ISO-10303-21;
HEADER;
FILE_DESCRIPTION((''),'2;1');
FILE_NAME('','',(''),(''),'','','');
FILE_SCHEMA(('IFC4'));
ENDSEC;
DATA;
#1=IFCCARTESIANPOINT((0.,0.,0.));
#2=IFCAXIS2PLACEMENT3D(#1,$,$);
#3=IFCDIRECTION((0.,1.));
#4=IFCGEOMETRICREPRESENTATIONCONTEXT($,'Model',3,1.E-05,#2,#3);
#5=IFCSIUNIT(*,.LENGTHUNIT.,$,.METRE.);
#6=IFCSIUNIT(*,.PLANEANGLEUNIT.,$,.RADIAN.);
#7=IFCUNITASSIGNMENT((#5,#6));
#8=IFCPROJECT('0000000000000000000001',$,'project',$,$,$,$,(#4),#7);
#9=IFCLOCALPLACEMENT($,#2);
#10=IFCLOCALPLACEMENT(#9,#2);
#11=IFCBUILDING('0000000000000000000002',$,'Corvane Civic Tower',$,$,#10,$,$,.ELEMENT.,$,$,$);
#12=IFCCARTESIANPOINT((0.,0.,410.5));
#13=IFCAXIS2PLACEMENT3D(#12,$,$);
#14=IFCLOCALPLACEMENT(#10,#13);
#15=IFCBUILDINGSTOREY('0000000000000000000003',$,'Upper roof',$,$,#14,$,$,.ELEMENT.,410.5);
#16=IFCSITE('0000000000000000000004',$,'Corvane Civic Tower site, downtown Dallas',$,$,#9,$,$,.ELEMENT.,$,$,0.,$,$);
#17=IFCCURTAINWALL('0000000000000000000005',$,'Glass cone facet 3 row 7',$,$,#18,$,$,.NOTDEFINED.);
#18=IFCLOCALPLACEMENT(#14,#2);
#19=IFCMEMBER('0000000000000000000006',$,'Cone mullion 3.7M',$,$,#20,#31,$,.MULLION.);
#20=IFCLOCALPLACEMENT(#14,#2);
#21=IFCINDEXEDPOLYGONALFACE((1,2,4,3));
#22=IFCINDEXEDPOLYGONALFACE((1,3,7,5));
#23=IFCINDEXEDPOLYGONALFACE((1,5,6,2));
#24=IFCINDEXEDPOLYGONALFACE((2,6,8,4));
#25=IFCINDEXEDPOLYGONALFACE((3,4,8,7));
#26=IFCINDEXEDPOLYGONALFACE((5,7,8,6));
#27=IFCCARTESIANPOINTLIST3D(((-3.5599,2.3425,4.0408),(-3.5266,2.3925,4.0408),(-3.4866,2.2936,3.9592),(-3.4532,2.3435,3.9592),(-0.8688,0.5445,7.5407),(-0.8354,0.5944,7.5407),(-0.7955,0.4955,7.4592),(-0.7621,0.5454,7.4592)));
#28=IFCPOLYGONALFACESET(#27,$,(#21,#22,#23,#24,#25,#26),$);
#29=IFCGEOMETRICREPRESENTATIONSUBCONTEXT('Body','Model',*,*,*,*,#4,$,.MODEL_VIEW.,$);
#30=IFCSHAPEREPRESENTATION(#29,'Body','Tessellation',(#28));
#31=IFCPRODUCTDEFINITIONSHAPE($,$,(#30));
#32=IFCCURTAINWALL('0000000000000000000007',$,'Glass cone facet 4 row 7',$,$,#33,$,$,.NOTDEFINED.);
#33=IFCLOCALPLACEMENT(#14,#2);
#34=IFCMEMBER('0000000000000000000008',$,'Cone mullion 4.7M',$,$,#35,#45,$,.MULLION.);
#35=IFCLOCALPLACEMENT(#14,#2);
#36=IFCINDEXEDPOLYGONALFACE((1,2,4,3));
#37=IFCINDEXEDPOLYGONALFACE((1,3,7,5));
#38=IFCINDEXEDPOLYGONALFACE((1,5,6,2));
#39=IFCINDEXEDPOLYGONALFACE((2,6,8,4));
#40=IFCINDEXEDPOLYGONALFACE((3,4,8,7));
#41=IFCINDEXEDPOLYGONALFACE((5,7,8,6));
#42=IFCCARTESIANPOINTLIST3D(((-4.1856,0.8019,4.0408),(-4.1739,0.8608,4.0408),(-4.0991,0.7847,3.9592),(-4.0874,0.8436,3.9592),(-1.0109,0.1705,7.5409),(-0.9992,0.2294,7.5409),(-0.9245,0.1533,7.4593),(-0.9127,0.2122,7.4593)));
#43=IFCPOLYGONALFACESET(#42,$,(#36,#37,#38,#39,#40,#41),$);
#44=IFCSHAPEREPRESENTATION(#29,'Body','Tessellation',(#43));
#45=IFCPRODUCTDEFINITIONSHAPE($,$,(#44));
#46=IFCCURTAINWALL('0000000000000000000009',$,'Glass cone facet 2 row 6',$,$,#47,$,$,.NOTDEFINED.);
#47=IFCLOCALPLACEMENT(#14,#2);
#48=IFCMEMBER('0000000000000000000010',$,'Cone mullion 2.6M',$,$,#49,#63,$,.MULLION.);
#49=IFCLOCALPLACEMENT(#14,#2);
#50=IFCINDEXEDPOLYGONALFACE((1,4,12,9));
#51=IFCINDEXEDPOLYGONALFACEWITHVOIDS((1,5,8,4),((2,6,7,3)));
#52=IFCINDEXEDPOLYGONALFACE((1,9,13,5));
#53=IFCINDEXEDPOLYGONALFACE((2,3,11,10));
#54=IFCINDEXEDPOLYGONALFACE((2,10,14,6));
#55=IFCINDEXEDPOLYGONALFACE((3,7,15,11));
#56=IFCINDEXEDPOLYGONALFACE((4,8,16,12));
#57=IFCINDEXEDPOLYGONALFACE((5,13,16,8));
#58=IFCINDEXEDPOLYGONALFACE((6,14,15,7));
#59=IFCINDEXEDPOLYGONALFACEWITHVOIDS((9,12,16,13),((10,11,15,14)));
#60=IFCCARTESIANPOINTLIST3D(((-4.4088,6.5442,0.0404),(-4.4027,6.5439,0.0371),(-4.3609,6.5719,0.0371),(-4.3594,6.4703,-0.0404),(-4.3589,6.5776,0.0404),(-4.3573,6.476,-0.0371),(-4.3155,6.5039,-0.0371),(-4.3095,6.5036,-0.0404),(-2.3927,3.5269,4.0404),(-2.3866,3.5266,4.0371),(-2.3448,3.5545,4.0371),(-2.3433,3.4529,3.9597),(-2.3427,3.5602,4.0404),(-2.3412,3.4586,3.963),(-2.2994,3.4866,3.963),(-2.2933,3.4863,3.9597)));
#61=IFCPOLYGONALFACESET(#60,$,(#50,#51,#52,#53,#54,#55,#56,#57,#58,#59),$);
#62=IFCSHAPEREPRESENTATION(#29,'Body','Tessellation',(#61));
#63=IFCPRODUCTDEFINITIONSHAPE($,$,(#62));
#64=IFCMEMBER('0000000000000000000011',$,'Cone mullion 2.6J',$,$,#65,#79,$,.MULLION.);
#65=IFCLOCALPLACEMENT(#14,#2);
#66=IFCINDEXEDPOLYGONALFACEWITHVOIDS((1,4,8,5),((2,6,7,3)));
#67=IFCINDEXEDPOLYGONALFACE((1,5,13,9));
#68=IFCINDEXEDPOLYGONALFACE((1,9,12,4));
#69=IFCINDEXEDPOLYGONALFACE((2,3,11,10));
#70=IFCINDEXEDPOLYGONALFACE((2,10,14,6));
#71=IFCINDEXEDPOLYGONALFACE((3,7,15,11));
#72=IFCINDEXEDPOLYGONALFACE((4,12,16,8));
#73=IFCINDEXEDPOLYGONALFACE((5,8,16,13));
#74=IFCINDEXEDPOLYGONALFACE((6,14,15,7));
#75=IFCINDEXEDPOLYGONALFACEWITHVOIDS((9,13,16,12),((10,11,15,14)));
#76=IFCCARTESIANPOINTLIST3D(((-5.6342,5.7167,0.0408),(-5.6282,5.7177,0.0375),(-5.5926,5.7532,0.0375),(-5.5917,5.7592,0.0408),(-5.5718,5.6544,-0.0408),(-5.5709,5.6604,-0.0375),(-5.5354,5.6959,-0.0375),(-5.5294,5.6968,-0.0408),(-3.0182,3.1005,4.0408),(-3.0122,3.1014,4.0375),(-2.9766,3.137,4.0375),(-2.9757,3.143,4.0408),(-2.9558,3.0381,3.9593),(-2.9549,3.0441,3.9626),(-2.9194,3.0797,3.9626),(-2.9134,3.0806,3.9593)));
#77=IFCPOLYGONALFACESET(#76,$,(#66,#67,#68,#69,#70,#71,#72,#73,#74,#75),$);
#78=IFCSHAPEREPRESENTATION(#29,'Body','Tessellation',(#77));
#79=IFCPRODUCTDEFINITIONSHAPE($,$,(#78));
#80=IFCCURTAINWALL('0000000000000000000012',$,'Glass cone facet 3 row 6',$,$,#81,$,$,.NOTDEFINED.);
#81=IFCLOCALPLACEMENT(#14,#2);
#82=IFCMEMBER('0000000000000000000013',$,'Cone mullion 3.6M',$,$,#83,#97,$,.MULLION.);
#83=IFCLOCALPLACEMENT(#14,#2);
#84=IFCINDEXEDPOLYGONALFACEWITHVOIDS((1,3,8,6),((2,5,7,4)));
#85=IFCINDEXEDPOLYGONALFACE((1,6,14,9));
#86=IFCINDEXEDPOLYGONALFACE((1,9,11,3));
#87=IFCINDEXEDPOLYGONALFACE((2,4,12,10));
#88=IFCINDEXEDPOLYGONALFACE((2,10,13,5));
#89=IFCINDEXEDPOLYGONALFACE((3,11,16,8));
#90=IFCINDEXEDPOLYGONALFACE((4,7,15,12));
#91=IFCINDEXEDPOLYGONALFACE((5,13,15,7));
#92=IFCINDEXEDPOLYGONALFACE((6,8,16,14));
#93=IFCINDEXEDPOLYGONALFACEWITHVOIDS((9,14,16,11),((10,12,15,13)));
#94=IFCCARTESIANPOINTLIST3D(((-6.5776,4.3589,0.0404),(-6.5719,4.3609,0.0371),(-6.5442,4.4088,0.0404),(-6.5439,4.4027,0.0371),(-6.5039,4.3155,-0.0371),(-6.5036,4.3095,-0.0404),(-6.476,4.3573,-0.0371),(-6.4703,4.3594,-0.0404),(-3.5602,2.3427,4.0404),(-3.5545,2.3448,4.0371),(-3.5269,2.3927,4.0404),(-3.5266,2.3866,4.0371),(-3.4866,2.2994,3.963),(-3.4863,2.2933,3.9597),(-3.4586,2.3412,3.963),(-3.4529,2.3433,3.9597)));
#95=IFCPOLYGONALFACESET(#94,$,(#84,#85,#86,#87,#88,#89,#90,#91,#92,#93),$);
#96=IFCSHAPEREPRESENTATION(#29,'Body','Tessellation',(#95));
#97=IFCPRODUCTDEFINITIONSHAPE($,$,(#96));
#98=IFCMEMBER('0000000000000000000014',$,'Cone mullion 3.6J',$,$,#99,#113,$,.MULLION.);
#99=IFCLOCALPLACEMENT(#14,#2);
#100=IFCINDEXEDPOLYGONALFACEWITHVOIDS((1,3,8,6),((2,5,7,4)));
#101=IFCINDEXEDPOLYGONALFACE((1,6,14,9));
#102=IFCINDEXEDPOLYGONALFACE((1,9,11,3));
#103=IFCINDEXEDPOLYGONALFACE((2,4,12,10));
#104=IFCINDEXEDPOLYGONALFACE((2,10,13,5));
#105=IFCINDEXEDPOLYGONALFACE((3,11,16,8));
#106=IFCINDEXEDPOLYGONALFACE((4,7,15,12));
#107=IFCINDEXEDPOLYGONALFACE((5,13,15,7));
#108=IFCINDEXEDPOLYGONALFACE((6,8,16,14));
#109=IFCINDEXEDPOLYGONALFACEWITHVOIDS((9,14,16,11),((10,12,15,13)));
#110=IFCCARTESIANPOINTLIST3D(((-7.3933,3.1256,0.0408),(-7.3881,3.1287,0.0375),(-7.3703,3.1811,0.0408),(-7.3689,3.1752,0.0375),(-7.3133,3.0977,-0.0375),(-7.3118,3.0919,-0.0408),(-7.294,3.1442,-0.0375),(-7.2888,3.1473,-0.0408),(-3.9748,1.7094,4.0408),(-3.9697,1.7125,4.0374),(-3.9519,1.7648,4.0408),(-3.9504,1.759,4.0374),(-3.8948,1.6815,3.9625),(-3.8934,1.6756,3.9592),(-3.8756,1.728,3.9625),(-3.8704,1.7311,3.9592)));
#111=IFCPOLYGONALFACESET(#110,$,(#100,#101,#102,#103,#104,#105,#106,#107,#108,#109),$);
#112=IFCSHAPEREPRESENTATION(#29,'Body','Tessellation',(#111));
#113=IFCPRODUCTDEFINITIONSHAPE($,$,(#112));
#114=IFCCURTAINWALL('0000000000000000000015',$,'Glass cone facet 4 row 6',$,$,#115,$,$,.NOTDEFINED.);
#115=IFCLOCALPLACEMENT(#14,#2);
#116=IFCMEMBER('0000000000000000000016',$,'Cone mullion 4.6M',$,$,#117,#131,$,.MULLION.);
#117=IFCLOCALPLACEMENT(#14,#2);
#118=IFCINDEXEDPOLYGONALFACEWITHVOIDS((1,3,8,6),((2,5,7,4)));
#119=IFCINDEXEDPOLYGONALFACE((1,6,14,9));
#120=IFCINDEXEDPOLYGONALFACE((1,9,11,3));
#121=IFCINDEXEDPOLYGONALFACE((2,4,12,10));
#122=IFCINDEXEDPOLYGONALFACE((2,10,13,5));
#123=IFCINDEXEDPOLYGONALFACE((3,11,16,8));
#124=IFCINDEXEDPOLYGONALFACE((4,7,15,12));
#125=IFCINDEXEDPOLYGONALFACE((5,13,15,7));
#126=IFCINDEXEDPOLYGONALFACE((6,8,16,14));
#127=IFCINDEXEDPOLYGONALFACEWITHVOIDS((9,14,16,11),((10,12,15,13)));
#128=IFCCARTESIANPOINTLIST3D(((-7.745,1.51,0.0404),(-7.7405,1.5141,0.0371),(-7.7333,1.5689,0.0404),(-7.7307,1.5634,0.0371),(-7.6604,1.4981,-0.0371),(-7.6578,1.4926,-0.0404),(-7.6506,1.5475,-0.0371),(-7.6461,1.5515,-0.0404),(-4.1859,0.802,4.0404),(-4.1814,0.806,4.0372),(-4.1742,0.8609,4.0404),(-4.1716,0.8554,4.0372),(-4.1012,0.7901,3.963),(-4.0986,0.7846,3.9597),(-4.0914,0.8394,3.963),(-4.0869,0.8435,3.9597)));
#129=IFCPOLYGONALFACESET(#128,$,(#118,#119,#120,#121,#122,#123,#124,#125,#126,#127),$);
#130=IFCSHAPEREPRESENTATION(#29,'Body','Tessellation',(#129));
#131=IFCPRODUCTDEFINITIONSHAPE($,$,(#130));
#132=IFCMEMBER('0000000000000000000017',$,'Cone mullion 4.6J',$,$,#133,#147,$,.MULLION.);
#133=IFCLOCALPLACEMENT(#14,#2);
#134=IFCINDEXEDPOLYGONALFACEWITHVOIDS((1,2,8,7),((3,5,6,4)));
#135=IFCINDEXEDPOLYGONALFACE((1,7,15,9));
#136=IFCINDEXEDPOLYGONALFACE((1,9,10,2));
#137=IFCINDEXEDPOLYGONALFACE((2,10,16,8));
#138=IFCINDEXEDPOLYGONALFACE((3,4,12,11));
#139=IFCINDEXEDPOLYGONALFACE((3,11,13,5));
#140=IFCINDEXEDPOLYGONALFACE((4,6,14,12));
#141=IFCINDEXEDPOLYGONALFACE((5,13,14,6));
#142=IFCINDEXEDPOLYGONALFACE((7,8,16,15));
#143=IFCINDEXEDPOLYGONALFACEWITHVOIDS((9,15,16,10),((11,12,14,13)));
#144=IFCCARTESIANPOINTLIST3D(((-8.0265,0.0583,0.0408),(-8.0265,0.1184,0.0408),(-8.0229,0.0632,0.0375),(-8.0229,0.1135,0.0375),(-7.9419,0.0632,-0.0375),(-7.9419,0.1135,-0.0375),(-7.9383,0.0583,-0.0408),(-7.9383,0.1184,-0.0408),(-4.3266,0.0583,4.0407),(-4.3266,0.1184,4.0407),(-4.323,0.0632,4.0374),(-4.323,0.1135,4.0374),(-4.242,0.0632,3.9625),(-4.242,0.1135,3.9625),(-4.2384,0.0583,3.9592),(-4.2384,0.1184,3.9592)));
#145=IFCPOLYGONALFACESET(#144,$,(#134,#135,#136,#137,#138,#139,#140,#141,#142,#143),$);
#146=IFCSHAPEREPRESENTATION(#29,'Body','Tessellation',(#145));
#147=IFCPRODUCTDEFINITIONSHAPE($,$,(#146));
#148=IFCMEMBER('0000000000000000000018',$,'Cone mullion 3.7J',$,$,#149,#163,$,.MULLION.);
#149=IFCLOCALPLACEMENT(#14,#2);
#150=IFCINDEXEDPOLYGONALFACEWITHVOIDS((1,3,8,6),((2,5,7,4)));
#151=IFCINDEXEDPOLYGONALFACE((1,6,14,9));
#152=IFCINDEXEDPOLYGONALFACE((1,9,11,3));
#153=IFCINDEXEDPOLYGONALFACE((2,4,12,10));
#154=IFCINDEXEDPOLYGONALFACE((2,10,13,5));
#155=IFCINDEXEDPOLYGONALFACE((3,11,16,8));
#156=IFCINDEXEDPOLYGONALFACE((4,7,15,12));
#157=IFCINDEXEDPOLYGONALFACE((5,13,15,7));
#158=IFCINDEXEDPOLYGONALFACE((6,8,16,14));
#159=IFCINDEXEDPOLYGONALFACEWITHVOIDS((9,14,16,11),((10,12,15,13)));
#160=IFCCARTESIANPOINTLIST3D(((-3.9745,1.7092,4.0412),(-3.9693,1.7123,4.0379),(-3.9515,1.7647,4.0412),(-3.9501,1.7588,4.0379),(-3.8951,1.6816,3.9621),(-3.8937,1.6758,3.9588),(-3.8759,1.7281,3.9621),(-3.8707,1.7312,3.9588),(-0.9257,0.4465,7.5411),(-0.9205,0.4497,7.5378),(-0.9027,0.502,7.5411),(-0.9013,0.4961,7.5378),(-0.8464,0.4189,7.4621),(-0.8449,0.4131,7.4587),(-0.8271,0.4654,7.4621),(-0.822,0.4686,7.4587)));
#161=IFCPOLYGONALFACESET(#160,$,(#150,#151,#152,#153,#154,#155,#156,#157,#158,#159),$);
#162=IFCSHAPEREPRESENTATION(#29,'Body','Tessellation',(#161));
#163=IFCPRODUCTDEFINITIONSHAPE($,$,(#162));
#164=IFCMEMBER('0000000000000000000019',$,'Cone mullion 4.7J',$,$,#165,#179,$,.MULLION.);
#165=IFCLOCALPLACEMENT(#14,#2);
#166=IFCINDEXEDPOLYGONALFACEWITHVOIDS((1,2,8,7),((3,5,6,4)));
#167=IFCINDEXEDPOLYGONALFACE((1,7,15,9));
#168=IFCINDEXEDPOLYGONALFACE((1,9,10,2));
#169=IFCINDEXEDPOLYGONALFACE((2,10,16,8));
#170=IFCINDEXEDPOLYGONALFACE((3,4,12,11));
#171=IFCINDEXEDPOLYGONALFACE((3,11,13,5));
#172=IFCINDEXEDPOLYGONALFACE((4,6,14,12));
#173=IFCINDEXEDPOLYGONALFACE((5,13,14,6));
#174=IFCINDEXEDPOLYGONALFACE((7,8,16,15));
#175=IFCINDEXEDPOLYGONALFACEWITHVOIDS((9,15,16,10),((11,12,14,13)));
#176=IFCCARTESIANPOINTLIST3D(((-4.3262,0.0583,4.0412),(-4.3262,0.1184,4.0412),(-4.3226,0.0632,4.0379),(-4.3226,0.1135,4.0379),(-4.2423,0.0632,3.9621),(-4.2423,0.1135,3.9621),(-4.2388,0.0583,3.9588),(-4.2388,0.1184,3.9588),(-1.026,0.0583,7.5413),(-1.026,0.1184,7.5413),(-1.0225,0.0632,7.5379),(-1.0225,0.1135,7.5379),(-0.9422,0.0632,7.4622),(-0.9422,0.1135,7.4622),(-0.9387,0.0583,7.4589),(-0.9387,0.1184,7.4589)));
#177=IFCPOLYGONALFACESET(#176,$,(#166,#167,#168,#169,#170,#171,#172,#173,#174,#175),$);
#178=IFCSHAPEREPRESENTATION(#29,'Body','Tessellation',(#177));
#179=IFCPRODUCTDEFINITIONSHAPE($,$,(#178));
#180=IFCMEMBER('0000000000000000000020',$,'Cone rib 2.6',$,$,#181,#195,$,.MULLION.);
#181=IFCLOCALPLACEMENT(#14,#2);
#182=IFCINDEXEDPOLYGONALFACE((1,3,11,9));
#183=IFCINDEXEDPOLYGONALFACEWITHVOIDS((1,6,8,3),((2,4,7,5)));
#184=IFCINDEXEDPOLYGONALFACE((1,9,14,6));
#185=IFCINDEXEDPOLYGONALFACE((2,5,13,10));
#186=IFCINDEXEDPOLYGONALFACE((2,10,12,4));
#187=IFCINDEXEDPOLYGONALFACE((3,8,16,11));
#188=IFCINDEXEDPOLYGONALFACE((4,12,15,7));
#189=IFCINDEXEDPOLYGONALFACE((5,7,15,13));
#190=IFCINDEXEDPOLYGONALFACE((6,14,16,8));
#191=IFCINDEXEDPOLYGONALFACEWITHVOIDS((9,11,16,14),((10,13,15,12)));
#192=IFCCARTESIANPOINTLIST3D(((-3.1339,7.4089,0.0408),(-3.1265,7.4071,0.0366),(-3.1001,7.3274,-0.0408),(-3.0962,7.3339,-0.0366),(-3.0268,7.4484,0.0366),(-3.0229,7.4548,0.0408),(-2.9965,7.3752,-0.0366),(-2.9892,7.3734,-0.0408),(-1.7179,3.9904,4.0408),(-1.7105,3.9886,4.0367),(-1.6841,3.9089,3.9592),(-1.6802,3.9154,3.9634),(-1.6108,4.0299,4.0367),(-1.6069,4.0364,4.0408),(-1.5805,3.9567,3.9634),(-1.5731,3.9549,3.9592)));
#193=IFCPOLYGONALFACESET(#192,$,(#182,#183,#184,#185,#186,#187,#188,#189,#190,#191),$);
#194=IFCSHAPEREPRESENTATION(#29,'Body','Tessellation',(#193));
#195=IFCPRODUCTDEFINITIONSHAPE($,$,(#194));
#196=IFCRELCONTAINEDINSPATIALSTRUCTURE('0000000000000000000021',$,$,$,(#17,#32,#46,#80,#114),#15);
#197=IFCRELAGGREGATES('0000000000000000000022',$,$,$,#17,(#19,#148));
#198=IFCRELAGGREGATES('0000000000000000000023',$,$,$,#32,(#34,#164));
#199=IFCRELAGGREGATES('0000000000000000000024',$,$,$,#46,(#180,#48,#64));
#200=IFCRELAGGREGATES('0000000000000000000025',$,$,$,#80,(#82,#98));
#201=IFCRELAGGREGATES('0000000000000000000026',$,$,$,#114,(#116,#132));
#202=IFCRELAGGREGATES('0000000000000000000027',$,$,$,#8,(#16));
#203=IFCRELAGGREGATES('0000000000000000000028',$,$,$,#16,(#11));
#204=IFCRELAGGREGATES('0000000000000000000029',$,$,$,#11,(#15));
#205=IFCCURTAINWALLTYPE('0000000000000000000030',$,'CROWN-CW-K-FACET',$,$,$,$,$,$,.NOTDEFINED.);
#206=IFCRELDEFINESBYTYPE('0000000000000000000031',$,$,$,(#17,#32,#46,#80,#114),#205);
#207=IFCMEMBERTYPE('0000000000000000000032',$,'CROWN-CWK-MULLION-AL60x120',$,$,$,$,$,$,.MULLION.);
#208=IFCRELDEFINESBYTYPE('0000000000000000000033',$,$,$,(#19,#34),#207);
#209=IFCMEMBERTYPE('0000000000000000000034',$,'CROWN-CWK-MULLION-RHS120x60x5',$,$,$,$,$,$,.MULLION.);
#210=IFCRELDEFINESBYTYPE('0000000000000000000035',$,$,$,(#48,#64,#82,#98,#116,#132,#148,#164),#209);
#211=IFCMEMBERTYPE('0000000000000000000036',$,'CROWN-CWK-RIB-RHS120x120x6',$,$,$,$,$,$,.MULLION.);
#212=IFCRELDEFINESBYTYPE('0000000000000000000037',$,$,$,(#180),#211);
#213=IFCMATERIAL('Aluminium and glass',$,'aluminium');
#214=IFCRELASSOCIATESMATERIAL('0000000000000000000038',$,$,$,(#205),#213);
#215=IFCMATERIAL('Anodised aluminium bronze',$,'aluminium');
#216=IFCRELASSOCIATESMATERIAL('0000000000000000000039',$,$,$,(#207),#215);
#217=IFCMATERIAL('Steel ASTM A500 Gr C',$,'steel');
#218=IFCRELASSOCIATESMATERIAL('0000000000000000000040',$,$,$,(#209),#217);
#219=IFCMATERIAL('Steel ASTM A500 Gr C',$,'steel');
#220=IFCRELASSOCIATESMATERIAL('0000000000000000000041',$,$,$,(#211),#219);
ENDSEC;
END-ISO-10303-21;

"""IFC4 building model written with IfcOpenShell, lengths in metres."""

from ifc_helpers import new_model, si_unit, direction, frame, origin, origin_2d, place, context, subcontext, project, spatial, rectangle, hollow_rectangle, extrude, material, material_profile, profile_set, type_object, element, aggregate, save


model = new_model("IFC4")

# Units and contexts
model_context = context("Model", 3, precision=1e-05, world=origin(), true_north=direction((0.0, 1.0)))
body_context = subcontext(model_context, "Body", "Model", "MODEL_VIEW")
ifc_project = project(units=[si_unit("LENGTHUNIT", "METRE"), si_unit("PLANEANGLEUNIT", "RADIAN")], contexts=[model_context])

# Site, building, storey
site_placement = place(None, origin())
site = spatial("IfcSite", under=ifc_project, at=site_placement, Name="Corvane Civic Tower site, downtown Dallas", CompositionType="ELEMENT", RefElevation=0.0)
building_placement = place(site_placement, origin())
building = spatial("IfcBuilding", under=site, at=building_placement, Name="Corvane Civic Tower", CompositionType="ELEMENT")
storey_placement = place(building_placement, frame((0.0, 0.0, 410.5)))
storey = spatial("IfcBuildingStorey", under=building, at=storey_placement, Name="Upper roof", CompositionType="ELEMENT", Elevation=410.5)

# Curtain walls, members
ifc_material_1 = material(Name="Aluminium and glass", Category="aluminium")
curtain_wall_type = type_object("IfcCurtainWallType", Name="CROWN-CW-K-FACET", PredefinedType="NOTDEFINED", material=ifc_material_1)
curtain_wall_1_placement = place(storey_placement, origin())
curtain_wall_1 = element("IfcCurtainWall", 1, at=curtain_wall_1_placement, inside=storey, type_object=curtain_wall_type, Name="Glass cone facet 3 row 7", PredefinedType="NOTDEFINED")
ifc_material_2 = material(Name="Anodised aluminium bronze", Category="aluminium")
ifc_material_profile_1 = material_profile(ifc_material_2, rectangle(XDim=0.0601, YDim=0.1201, at=origin_2d()), Name="AL 60x120")
ifc_profile_set_1 = profile_set([ifc_material_profile_1], Name="Anodised aluminium bronze")
member_type_1 = type_object("IfcMemberType", Name="CROWN-CWK-MULLION-AL60x120", PredefinedType="MULLION", material=ifc_profile_set_1)
member_1_placement = place(storey_placement, frame((-3.5066, 2.343, 4.0), z_axis=(0.564525, -0.377186, 0.734195), x_axis=(0.555553, 0.831481, 0.0)))
member_1 = element("IfcMember", 2, at=member_1_placement, type_object=member_type_1, Name="Cone mullion 3.7M", PredefinedType="MULLION", context=body_context, shape_type="SweptSolid", body=[
    extrude(rectangle(XDim=0.0601, YDim=0.1201, at=origin_2d()), origin(), (0.0, 0.0, 1.0), 4.7671),
])
curtain_wall_2_placement = place(storey_placement, origin())
curtain_wall_2 = element("IfcCurtainWall", 3, at=curtain_wall_2_placement, inside=storey, type_object=curtain_wall_type, Name="Glass cone facet 4 row 7", PredefinedType="NOTDEFINED")
member_2_placement = place(storey_placement, frame((-4.1365, 0.8228, 4.0), z_axis=(0.665914, -0.132435, 0.73418), x_axis=(0.195057, 0.980792, 0.0)))
member_2 = element("IfcMember", 4, at=member_2_placement, type_object=member_type_1, Name="Cone mullion 4.7M", PredefinedType="MULLION", context=body_context, shape_type="SweptSolid", body=[
    extrude(rectangle(XDim=0.0601, YDim=0.1201, at=origin_2d()), origin(), (0.0, 0.0, 1.0), 4.7673),
])

# Curtain walls, members
curtain_wall_3_placement = place(storey_placement, origin())
curtain_wall_3 = element("IfcCurtainWall", 5, at=curtain_wall_3_placement, inside=storey, type_object=curtain_wall_type, Name="Glass cone facet 2 row 6", PredefinedType="NOTDEFINED")
ifc_material_3 = material(Name="Steel ASTM A500 Gr C", Category="steel")
ifc_material_profile_2 = material_profile(ifc_material_3, hollow_rectangle(XDim=0.0601, YDim=0.1201, WallThickness=0.0049, at=origin_2d()), Name="RHS 120x60x5")
ifc_profile_set_2 = profile_set([ifc_material_profile_2], Name="Steel ASTM A500 Gr C")
member_type_2 = type_object("IfcMemberType", Name="CROWN-CWK-MULLION-RHS120x60x5", PredefinedType="MULLION", material=ifc_profile_set_2)
member_3_placement = place(storey_placement, frame((-4.3591, 6.5239, 0.0), z_axis=(0.373297, -0.558679, 0.740626), x_axis=(0.83147, 0.555569, 0.0)))
member_3 = element("IfcMember", 6, at=member_3_placement, type_object=member_type_2, Name="Cone mullion 2.6M", PredefinedType="MULLION", context=body_context, shape_type="SweptSolid", body=[
    extrude(hollow_rectangle(XDim=0.0601, YDim=0.1201, WallThickness=0.0049, at=origin_2d()), origin(), (0.0, 0.0, 1.0), 5.4009),
])
member_4_placement = place(storey_placement, frame((-5.5818, 5.7068, 0.0), z_axis=(0.480112, -0.480157, 0.734126), x_axis=(0.70714, 0.707074, 0.0)))
member_4 = element("IfcMember", 7, at=member_4_placement, type_object=member_type_2, Name="Cone mullion 2.6J", PredefinedType="MULLION", context=body_context, shape_type="SweptSolid", body=[
    extrude(hollow_rectangle(XDim=0.0601, YDim=0.1201, WallThickness=0.0049, at=origin_2d()), origin(), (0.0, 0.0, 1.0), 5.4487),
])
curtain_wall_4_placement = place(storey_placement, origin())
curtain_wall_4 = element("IfcCurtainWall", 8, at=curtain_wall_4_placement, inside=storey, type_object=curtain_wall_type, Name="Glass cone facet 3 row 6", PredefinedType="NOTDEFINED")
member_5_placement = place(storey_placement, frame((-6.5239, 4.3591, 0.0), z_axis=(0.558679, -0.373297, 0.740626), x_axis=(0.555569, 0.83147, 0.0)))
member_5 = element("IfcMember", 9, at=member_5_placement, type_object=member_type_2, Name="Cone mullion 3.6M", PredefinedType="MULLION", context=body_context, shape_type="SweptSolid", body=[
    extrude(hollow_rectangle(XDim=0.0601, YDim=0.1201, WallThickness=0.0049, at=origin_2d()), origin(), (0.0, 0.0, 1.0), 5.4009),
])
member_6_placement = place(storey_placement, frame((-7.3411, 3.1365, 0.0), z_axis=(0.627355, -0.259912, 0.734079), x_axis=(0.38275, 0.923852, 0.0)))
member_6 = element("IfcMember", 10, at=member_6_placement, type_object=member_type_2, Name="Cone mullion 3.6J", PredefinedType="MULLION", context=body_context, shape_type="SweptSolid", body=[
    extrude(hollow_rectangle(XDim=0.0601, YDim=0.1201, WallThickness=0.0049, at=origin_2d()), origin(), (0.0, 0.0, 1.0), 5.449),
])
curtain_wall_5_placement = place(storey_placement, origin())
curtain_wall_5 = element("IfcCurtainWall", 11, at=curtain_wall_5_placement, inside=storey, type_object=curtain_wall_type, Name="Glass cone facet 4 row 6", PredefinedType="NOTDEFINED")
member_7_placement = place(storey_placement, frame((-7.6956, 1.5308, 0.0), z_axis=(0.658995, -0.131094, 0.740635), x_axis=(0.195107, 0.980782, 0.0)))
member_7 = element("IfcMember", 12, at=member_7_placement, type_object=member_type_2, Name="Cone mullion 4.6M", PredefinedType="MULLION", context=body_context, shape_type="SweptSolid", body=[
    extrude(hollow_rectangle(XDim=0.0601, YDim=0.1201, WallThickness=0.0049, at=origin_2d()), origin(), (0.0, 0.0, 1.0), 5.4009),
])
member_8_placement = place(storey_placement, frame((-7.9824, 0.0884, 0.0), z_axis=(0.679037, 0.0, 0.734104), x_axis=(0.0, 1.0, 0.0)))
member_8 = element("IfcMember", 13, at=member_8_placement, type_object=member_type_2, Name="Cone mullion 4.6J", PredefinedType="MULLION", context=body_context, shape_type="SweptSolid", body=[
    extrude(hollow_rectangle(XDim=0.0601, YDim=0.1201, WallThickness=0.0049, at=origin_2d()), origin(), (0.0, 0.0, 1.0), 5.4487),
])

# Members
member_9_placement = place(storey_placement, frame((-3.9226, 1.7202, 4.0), z_axis=(0.633802, -0.262494, 0.727593), x_axis=(0.382639, 0.923898, 0.0)))
member_9 = element("IfcMember", 14, at=member_9_placement, type_object=member_type_2, Name="Cone mullion 3.7J", PredefinedType="MULLION", context=body_context, shape_type="SweptSolid", body=[
    extrude(hollow_rectangle(XDim=0.0601, YDim=0.1201, WallThickness=0.0049, at=origin_2d()), origin(), (0.0, 0.0, 1.0), 4.8103),
])
member_10_placement = place(storey_placement, frame((-4.2825, 0.0884, 4.0), z_axis=(0.686018, 0.0, 0.727584), x_axis=(0.0, 1.0, 0.0)))
member_10 = element("IfcMember", 15, at=member_10_placement, type_object=member_type_2, Name="Cone mullion 4.7J", PredefinedType="MULLION", context=body_context, shape_type="SweptSolid", body=[
    extrude(hollow_rectangle(XDim=0.0601, YDim=0.1201, WallThickness=0.0049, at=origin_2d()), origin(), (0.0, 0.0, 1.0), 4.8105),
])
ifc_material_4 = material(Name="Steel ASTM A500 Gr C", Category="steel")
ifc_material_profile_3 = material_profile(ifc_material_4, hollow_rectangle(XDim=0.1201, YDim=0.1201, WallThickness=0.0061, at=origin_2d()), Name="RHS 120x120x6")
ifc_profile_set_3 = profile_set([ifc_material_profile_3], Name="Steel ASTM A500 Gr C")
member_type_3 = type_object("IfcMemberType", Name="CROWN-CWK-RIB-RHS120x120x6", PredefinedType="MULLION", material=ifc_profile_set_3)
member_11_placement = place(storey_placement, frame((-3.0615, 7.3911, 0.0), z_axis=(0.25987, -0.627362, 0.734088), x_axis=(0.923875, 0.382694, 0.0)))
member_11 = element("IfcMember", 16, at=member_11_placement, type_object=member_type_3, Name="Cone rib 2.6", PredefinedType="MULLION", context=body_context, shape_type="SweptSolid", body=[
    extrude(hollow_rectangle(XDim=0.1201, YDim=0.1201, WallThickness=0.0061, at=origin_2d()), origin(), (0.0, 0.0, 1.0), 5.449),
])

aggregate(curtain_wall_1, [member_1, member_9])
aggregate(curtain_wall_2, [member_2, member_10])
aggregate(curtain_wall_3, [member_11, member_3, member_4])
aggregate(curtain_wall_4, [member_5, member_6])
aggregate(curtain_wall_5, [member_7, member_8])

save(model, "model.ifc")
